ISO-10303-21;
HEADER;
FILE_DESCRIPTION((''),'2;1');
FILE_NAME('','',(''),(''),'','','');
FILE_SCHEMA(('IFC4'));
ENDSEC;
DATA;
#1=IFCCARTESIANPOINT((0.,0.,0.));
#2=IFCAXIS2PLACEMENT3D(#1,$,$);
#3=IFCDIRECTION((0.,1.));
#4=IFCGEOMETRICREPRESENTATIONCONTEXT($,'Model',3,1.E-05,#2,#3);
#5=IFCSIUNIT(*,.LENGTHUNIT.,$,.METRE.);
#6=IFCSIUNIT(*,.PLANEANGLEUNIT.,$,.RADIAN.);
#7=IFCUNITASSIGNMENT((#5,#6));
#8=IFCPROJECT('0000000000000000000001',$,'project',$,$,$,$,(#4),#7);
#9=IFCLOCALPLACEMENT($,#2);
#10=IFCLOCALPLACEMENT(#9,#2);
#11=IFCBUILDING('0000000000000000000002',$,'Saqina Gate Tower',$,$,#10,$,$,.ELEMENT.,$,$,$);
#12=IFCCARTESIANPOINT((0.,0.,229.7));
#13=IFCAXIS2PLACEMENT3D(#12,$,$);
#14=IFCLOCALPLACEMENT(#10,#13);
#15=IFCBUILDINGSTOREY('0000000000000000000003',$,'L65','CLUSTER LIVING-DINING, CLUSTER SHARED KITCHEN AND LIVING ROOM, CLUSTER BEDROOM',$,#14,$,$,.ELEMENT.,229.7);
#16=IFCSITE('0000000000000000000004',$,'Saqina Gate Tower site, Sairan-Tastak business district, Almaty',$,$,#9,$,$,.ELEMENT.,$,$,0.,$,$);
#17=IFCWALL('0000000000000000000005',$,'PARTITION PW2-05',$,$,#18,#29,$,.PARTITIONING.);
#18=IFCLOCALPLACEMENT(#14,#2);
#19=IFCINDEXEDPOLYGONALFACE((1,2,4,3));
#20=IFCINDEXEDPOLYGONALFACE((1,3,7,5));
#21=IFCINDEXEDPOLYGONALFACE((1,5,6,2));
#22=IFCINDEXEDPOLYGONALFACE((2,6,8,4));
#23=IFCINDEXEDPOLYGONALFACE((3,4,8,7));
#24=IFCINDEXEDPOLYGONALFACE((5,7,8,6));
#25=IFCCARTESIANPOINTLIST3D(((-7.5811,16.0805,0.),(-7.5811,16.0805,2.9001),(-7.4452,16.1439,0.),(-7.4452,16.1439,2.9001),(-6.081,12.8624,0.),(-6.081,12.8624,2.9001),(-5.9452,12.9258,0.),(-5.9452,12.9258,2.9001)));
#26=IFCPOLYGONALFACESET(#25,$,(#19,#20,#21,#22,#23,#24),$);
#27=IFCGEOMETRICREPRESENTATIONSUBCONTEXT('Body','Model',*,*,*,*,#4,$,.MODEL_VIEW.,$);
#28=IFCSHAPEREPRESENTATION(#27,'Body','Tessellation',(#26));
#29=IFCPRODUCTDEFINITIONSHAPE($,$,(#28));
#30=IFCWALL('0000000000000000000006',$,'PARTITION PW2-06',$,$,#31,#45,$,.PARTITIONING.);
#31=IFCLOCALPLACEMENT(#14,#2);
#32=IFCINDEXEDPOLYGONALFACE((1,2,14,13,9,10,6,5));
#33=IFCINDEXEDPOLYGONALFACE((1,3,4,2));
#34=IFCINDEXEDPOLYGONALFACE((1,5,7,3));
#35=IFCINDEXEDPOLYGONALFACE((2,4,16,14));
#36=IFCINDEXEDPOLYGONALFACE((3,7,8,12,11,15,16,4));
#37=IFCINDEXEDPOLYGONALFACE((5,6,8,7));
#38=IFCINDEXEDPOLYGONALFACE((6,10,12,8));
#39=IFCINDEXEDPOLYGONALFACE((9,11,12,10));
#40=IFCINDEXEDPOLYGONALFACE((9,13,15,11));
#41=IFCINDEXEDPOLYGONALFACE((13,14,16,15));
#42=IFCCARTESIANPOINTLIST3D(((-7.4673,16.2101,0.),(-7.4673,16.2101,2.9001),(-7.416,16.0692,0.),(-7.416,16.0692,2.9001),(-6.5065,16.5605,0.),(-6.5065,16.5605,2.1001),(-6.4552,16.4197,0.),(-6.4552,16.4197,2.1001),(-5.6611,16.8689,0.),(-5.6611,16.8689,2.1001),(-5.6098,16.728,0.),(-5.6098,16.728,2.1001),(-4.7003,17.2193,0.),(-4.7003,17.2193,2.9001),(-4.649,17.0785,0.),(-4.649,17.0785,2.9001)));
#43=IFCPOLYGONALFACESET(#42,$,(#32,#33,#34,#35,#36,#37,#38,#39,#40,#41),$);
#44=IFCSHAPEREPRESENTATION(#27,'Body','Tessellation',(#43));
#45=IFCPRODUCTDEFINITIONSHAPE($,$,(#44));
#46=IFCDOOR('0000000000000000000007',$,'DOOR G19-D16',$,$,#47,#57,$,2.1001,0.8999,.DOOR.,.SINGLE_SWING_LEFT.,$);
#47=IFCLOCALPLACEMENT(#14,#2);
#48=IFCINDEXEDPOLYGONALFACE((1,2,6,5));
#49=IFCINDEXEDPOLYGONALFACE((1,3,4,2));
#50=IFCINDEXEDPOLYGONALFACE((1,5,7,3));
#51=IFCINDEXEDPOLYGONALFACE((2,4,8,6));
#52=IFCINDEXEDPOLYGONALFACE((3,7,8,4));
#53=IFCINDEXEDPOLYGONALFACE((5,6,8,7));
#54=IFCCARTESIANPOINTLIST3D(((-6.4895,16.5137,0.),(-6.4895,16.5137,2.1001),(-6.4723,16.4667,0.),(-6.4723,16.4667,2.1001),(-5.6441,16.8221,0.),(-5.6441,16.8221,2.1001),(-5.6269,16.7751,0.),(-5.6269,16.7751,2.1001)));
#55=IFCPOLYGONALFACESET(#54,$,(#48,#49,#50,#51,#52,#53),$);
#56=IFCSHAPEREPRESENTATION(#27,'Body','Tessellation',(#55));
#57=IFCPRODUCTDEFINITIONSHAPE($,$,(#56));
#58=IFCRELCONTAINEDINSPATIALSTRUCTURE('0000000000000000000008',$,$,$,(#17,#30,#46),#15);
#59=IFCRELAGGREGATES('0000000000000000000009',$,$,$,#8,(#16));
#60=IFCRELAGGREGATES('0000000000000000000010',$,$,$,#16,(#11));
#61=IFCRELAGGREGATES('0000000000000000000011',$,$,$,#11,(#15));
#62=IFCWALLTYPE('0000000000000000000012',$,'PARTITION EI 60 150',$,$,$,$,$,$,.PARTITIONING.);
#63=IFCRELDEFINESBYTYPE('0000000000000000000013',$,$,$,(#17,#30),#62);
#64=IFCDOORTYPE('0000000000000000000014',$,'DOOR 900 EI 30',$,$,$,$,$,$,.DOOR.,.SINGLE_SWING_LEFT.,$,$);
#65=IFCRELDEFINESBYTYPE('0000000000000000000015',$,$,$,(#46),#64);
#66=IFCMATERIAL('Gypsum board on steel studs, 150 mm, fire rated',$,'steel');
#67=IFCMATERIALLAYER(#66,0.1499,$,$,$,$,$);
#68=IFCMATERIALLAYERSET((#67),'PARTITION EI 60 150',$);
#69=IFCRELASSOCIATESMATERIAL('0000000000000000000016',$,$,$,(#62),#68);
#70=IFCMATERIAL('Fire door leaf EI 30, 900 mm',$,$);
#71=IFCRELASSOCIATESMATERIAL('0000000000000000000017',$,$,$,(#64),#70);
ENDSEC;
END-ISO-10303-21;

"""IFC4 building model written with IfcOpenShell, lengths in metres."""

from ifc_helpers import new_model, si_unit, direction, frame, frame_2d, origin, place, context, subcontext, project, spatial, rectangle, extrude, material, layer, layer_set, type_object, element, fill, save


model = new_model("IFC4")

# Units and contexts
model_context = context("Model", 3, precision=1e-05, world=origin(), true_north=direction((0.0, 1.0)))
body_context = subcontext(model_context, "Body", "Model", "MODEL_VIEW")
ifc_project = project(units=[si_unit("LENGTHUNIT", "METRE"), si_unit("PLANEANGLEUNIT", "RADIAN")], contexts=[model_context])

# Site, building, storey
site_placement = place(None, origin())
site = spatial("IfcSite", under=ifc_project, at=site_placement, Name="Saqina Gate Tower site, Sairan-Tastak business district, Almaty", CompositionType="ELEMENT", RefElevation=0.0)
building_placement = place(site_placement, origin())
building = spatial("IfcBuilding", under=site, at=building_placement, Name="Saqina Gate Tower", CompositionType="ELEMENT")
storey_placement = place(building_placement, frame((0.0, 0.0, 229.7)))
storey = spatial("IfcBuildingStorey", under=building, at=storey_placement, Name="L65", Description="CLUSTER LIVING-DINING, CLUSTER SHARED KITCHEN AND LIVING ROOM, CLUSTER BEDROOM", CompositionType="ELEMENT", Elevation=229.7)

# Wall
ifc_material_1 = material(Name="Gypsum board on steel studs, 150 mm, fire rated", Category="steel")
ifc_layer_1 = layer(ifc_material_1, 0.1499)
ifc_layer_set_1 = layer_set([ifc_layer_1], Name="PARTITION EI 60 150")
wall_type_1 = type_object("IfcWallType", Name="PARTITION EI 60 150", PredefinedType="PARTITIONING", material=ifc_layer_set_1)
wall_1_placement = place(storey_placement, frame((-7.5132, 16.1123, 0.0), z_axis=(0.0, 0.0, 1.0), x_axis=(0.422483, -0.906371, 0.0)))
element("IfcWall", 1, at=wall_1_placement, inside=storey, type_object=wall_type_1, Name="PARTITION PW2-05", PredefinedType="PARTITIONING", context=body_context, shape_type="SweptSolid", body=[
    extrude(rectangle(XDim=3.5505, YDim=0.1499, at=frame_2d((1.7754, 0.0))), origin(), (0.0, 0.0, 1.0), 2.9001),
])

# Wall, opening, door
wall_2_placement = place(storey_placement, frame((-7.4417, 16.1396, 0.0), z_axis=(0.0, 0.0, 1.0), x_axis=(0.939459, 0.342661, 0.0)))
wall_2 = element("IfcWall", 2, at=wall_2_placement, inside=storey, type_object=wall_type_1, Name="PARTITION PW2-06", PredefinedType="PARTITIONING", context=body_context, shape_type="SweptSolid", body=[
    extrude(rectangle(XDim=2.9453, YDim=0.1499, at=frame_2d((1.4727, 0.0))), origin(), (0.0, 0.0, 1.0), 2.9001),
])
opening_1_placement = place(wall_2_placement, frame((1.0227, 0.0, 0.0)))
opening_1 = element("IfcOpeningElement", 3, at=opening_1_placement, cuts=wall_2, PredefinedType="OPENING", context=body_context, shape_type="SweptSolid", body=[
    extrude(rectangle(XDim=0.8999, YDim=2.1001, at=frame_2d((0.45, 1.05))), frame((0.0, 0.0869, 0.0), z_axis=(0.0, -1.0, 0.0), x_axis=(1.0, 0.0, 0.0)), (0.0, 0.0, 1.0), 0.1738),
])
ifc_material_2 = material(Name="Fire door leaf EI 30, 900 mm")
door_type_1 = type_object("IfcDoorType", Name="DOOR 900 EI 30", OperationType="SINGLE_SWING_LEFT", PredefinedType="DOOR", material=ifc_material_2)
door_1_placement = place(opening_1_placement, frame((0.8999, 0.0, 0.0), z_axis=(0.0, 0.0, 1.0), x_axis=(-1.0, 0.0, 0.0)))
door_1 = element("IfcDoor", 4, at=door_1_placement, inside=storey, type_object=door_type_1, Name="DOOR G19-D16", OperationType="SINGLE_SWING_LEFT", OverallHeight=2.1001, OverallWidth=0.8999, PredefinedType="DOOR", context=body_context, shape_type="SweptSolid", body=[
    extrude(rectangle(XDim=0.8999, YDim=2.1001, at=frame_2d((0.45, 1.05))), frame((0.0, 0.0249, 0.0), z_axis=(0.0, -1.0, 0.0), x_axis=(1.0, 0.0, 0.0)), (0.0, 0.0, 1.0), 0.05),
])
fill(opening_1, door_1)

save(model, "model.ifc")
